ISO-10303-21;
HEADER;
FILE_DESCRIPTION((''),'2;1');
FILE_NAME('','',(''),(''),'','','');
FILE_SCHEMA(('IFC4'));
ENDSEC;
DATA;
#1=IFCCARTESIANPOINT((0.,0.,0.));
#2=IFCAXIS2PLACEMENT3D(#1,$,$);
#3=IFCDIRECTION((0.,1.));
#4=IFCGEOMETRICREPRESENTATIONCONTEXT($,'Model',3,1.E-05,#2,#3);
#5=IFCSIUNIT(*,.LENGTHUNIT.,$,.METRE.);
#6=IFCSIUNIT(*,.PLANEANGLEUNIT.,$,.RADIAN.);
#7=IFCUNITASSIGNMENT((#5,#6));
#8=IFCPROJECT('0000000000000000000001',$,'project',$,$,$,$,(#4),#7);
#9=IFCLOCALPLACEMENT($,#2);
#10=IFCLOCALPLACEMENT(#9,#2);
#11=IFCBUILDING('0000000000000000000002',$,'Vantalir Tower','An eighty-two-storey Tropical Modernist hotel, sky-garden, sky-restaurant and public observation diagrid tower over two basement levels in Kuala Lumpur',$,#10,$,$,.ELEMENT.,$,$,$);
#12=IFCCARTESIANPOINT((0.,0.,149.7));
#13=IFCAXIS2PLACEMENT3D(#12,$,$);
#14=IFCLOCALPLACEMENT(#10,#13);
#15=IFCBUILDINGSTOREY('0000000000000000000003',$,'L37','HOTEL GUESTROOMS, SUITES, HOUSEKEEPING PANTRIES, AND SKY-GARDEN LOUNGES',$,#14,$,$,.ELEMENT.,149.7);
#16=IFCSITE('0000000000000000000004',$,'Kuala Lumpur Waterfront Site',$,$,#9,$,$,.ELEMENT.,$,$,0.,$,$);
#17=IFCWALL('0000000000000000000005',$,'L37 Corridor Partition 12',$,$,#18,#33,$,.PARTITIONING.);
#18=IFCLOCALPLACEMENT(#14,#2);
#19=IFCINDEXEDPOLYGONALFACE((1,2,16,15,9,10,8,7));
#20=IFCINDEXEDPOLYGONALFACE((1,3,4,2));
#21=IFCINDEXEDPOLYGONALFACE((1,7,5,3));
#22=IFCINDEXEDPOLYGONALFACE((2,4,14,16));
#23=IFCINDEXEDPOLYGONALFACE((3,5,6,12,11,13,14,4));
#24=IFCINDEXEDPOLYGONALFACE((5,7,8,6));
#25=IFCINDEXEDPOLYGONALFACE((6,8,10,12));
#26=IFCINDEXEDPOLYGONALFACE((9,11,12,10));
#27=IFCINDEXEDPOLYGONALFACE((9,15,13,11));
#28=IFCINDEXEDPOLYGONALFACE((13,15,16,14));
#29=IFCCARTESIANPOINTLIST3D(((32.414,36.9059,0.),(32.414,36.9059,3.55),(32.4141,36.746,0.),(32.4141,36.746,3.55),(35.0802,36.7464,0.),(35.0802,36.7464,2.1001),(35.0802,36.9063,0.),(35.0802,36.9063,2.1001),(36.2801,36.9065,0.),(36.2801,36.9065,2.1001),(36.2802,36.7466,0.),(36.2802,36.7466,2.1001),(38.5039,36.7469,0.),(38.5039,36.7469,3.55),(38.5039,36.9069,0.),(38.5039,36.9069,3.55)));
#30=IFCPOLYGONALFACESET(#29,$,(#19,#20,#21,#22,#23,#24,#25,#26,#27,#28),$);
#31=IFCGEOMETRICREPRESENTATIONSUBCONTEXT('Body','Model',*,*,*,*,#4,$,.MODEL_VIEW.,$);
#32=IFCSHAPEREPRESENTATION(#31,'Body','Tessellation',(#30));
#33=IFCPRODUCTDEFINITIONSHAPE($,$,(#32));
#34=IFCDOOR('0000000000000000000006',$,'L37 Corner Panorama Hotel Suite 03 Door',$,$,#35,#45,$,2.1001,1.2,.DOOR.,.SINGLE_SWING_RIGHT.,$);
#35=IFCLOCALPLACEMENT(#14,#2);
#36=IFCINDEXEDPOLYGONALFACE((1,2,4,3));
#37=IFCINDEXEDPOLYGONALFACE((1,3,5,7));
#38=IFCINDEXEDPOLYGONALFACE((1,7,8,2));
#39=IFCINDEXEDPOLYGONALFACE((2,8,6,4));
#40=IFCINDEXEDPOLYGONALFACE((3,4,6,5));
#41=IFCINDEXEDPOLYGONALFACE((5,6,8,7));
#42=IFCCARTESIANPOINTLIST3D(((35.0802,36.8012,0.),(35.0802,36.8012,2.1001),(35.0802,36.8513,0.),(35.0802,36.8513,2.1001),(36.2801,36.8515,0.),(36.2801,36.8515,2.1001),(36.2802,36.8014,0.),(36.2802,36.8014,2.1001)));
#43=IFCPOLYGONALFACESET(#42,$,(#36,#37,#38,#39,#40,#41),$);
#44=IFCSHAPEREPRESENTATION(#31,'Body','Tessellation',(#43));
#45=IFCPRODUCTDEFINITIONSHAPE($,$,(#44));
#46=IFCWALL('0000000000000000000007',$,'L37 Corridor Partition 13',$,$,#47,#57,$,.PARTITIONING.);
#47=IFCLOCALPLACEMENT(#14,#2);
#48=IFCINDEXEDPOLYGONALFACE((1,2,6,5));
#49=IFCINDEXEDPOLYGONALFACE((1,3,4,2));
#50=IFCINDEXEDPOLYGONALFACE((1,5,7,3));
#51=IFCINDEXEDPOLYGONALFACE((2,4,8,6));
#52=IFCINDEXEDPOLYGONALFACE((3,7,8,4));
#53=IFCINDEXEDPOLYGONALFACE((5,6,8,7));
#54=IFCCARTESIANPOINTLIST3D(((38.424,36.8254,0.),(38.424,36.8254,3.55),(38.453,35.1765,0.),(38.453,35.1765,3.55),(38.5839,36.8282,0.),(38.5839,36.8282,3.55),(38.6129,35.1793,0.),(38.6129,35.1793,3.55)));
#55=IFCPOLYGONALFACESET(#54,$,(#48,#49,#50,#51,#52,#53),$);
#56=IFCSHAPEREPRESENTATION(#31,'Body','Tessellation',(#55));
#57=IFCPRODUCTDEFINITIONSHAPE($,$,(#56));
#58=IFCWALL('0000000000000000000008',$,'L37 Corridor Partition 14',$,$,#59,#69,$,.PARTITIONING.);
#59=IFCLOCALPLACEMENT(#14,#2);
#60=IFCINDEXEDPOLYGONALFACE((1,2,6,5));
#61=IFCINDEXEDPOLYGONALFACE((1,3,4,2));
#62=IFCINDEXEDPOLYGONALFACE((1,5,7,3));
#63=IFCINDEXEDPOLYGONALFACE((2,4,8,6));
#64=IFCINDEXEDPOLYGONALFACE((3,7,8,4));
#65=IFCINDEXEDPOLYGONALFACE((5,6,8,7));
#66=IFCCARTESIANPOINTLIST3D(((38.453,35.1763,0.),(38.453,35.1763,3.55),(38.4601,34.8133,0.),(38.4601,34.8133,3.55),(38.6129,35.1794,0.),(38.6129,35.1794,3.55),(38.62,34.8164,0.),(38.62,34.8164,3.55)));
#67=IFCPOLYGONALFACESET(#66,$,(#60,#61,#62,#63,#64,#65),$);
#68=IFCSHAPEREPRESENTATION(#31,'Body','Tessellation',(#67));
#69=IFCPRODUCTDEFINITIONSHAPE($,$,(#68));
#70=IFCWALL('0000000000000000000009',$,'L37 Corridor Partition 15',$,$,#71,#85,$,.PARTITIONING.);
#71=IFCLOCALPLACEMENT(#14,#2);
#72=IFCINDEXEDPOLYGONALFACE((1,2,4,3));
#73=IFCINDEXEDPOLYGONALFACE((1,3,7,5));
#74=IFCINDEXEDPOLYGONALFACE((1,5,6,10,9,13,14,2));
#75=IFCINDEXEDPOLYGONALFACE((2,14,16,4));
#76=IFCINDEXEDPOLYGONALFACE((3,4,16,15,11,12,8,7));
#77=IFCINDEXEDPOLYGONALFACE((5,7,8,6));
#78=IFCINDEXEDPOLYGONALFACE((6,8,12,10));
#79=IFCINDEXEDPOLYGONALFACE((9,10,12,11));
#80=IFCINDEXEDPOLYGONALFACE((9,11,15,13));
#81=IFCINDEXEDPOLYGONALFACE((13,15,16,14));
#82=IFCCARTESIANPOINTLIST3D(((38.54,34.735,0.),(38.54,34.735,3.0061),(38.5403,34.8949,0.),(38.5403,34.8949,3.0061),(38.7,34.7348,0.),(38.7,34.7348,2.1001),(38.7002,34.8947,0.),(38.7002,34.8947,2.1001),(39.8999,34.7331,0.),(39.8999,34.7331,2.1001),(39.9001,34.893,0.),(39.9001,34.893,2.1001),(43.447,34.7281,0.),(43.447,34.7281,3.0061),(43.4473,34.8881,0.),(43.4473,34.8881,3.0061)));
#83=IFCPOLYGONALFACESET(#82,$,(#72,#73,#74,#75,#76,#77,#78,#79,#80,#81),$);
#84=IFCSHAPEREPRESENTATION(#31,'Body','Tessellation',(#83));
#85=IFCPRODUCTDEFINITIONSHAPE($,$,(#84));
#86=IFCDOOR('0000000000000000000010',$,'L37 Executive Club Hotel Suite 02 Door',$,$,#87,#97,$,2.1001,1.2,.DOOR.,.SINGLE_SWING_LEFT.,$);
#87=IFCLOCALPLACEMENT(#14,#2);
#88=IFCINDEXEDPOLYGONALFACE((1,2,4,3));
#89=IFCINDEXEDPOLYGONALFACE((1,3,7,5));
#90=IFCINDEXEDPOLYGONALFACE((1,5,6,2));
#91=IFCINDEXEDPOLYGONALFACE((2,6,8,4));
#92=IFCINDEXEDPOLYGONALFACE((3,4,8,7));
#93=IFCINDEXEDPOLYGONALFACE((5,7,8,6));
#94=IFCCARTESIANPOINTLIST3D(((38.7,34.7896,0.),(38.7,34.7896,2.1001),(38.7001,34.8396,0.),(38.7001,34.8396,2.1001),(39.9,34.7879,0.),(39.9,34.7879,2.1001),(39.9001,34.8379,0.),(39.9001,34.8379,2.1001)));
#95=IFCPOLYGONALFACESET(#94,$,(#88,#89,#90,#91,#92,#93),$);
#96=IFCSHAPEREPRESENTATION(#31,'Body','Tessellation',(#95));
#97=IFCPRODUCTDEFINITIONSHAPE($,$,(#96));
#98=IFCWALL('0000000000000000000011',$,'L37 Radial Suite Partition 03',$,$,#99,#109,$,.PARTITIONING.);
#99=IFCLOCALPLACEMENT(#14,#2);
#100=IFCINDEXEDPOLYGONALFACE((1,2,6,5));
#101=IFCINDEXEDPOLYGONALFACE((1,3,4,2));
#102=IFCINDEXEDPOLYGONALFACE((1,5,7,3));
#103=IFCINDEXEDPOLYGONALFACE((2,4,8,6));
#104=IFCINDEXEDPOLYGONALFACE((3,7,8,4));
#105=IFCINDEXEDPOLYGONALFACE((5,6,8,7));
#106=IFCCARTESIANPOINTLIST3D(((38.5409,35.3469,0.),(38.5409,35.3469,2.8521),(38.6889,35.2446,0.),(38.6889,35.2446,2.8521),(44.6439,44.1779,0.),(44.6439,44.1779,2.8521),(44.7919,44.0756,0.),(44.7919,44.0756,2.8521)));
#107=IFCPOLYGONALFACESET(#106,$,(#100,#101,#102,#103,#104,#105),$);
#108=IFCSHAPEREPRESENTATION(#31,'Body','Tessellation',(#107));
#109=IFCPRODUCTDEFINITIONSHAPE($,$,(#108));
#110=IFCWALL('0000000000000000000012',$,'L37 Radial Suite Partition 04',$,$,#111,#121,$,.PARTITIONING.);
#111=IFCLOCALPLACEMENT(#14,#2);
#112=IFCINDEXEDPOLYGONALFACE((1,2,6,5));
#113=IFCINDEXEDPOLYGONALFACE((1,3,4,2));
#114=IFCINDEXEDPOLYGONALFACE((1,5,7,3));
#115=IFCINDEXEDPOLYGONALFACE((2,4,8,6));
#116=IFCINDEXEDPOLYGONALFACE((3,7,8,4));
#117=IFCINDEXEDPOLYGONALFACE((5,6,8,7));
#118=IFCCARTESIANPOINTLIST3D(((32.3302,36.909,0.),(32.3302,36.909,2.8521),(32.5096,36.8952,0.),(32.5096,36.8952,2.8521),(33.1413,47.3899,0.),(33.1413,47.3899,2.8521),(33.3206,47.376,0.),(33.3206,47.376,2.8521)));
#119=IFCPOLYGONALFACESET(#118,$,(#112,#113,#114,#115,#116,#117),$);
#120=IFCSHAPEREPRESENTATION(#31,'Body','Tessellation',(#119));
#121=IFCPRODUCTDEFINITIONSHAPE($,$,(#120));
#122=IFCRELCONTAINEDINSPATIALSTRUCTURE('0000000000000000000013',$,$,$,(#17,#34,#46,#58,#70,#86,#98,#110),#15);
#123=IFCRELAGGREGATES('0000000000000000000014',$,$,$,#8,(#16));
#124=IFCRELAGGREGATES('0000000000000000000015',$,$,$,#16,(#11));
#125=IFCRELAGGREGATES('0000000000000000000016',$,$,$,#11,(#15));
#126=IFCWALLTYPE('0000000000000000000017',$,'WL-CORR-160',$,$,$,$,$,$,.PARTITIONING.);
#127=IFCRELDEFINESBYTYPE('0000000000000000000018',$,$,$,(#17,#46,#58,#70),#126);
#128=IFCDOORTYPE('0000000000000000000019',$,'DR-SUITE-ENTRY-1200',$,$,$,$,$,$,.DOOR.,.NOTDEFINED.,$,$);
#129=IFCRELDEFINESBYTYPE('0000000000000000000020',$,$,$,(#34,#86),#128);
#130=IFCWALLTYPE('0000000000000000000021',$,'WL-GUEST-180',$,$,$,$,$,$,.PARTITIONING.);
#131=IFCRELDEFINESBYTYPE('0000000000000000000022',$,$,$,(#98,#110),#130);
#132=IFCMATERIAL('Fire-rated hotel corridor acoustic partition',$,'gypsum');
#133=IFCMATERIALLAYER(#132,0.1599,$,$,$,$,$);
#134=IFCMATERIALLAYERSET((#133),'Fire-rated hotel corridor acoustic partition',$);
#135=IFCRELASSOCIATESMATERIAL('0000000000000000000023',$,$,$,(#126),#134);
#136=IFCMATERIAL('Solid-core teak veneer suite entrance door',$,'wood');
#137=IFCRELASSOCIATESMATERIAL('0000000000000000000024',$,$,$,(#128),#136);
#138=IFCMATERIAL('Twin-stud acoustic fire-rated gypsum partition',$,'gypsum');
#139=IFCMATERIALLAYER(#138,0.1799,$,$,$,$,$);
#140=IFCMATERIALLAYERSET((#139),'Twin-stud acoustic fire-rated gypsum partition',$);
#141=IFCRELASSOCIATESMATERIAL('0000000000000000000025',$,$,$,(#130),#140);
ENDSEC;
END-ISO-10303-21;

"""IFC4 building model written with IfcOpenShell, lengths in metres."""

from ifc_helpers import new_model, si_unit, direction, frame, frame_2d, origin, place, context, subcontext, project, spatial, rectangle, extrude, material, layer, layer_set, type_object, element, fill, save


model = new_model("IFC4")

# Units and contexts
model_context = context("Model", 3, precision=1e-05, world=origin(), true_north=direction((0.0, 1.0)))
body_context = subcontext(model_context, "Body", "Model", "MODEL_VIEW")
ifc_project = project(units=[si_unit("LENGTHUNIT", "METRE"), si_unit("PLANEANGLEUNIT", "RADIAN")], contexts=[model_context])

# Site, building, storey
site_placement = place(None, origin())
site = spatial("IfcSite", under=ifc_project, at=site_placement, Name="Kuala Lumpur Waterfront Site", CompositionType="ELEMENT", RefElevation=0.0)
building_placement = place(site_placement, origin())
building = spatial("IfcBuilding", under=site, at=building_placement, Name="Vantalir Tower", Description="An eighty-two-storey Tropical Modernist hotel, sky-garden, sky-restaurant and public observation diagrid tower over two basement levels in Kuala Lumpur", CompositionType="ELEMENT")
storey_placement = place(building_placement, frame((0.0, 0.0, 149.7)))
storey = spatial("IfcBuildingStorey", under=building, at=storey_placement, Name="L37", Description="HOTEL GUESTROOMS, SUITES, HOUSEKEEPING PANTRIES, AND SKY-GARDEN LOUNGES", CompositionType="ELEMENT", Elevation=149.7)

# Wall, opening, door
ifc_material_1 = material(Name="Fire-rated hotel corridor acoustic partition", Category="gypsum")
ifc_layer_1 = layer(ifc_material_1, 0.1599)
ifc_layer_set_1 = layer_set([ifc_layer_1], Name="Fire-rated hotel corridor acoustic partition")
wall_type_1 = type_object("IfcWallType", Name="WL-CORR-160", PredefinedType="PARTITIONING", material=ifc_layer_set_1)
wall_1_placement = place(storey_placement, frame((32.4141, 36.8259, 0.0), z_axis=(0.0, 0.0, 1.0), x_axis=(1.0, 0.00016, 0.0)))
wall_1 = element("IfcWall", 1, at=wall_1_placement, inside=storey, type_object=wall_type_1, Name="L37 Corridor Partition 12", PredefinedType="PARTITIONING", context=body_context, shape_type="SweptSolid", body=[
    extrude(rectangle(XDim=6.0898, YDim=0.1599, at=frame_2d((3.0449, 0.0))), origin(), (0.0, 0.0, 1.0), 3.55),
])
opening_1_placement = place(wall_1_placement, frame((2.666, 0.0, 0.0)))
opening_1 = element("IfcOpeningElement", 2, at=opening_1_placement, cuts=wall_1, PredefinedType="OPENING", context=body_context, shape_type="SweptSolid", body=[
    extrude(rectangle(XDim=1.2, YDim=2.1001, at=frame_2d((0.6001, 1.05))), frame((0.0, 0.0898, 0.0), z_axis=(0.0, -1.0, 0.0), x_axis=(1.0, 0.0, 0.0)), (0.0, 0.0, 1.0), 0.1799),
])
ifc_material_2 = material(Name="Solid-core teak veneer suite entrance door", Category="wood")
door_type_1 = type_object("IfcDoorType", Name="DR-SUITE-ENTRY-1200", OperationType="NOTDEFINED", PredefinedType="DOOR", material=ifc_material_2)
door_1_placement = place(opening_1_placement, origin())
door_1 = element("IfcDoor", 3, at=door_1_placement, inside=storey, type_object=door_type_1, Name="L37 Corner Panorama Hotel Suite 03 Door", OperationType="SINGLE_SWING_RIGHT", OverallHeight=2.1001, OverallWidth=1.2, PredefinedType="DOOR", context=body_context, shape_type="SweptSolid", body=[
    extrude(rectangle(XDim=1.2, YDim=2.1001, at=frame_2d((0.6001, 1.05))), frame((0.0, 0.0249, 0.0), z_axis=(0.0, -1.0, 0.0), x_axis=(1.0, 0.0, 0.0)), (0.0, 0.0, 1.0), 0.05),
])
fill(opening_1, door_1)

# Walls
wall_2_placement = place(storey_placement, frame((38.5039, 36.8269, 0.0), z_axis=(0.0, 0.0, 1.0), x_axis=(0.017616, -0.999845, 0.0)))
element("IfcWall", 4, at=wall_2_placement, inside=storey, type_object=wall_type_1, Name="L37 Corridor Partition 13", PredefinedType="PARTITIONING", context=body_context, shape_type="SweptSolid", body=[
    extrude(rectangle(XDim=1.6492, YDim=0.1599, at=frame_2d((0.8247, 0.0))), origin(), (0.0, 0.0, 1.0), 3.55),
])
wall_3_placement = place(storey_placement, frame((38.533, 35.178, 0.0), z_axis=(0.0, 0.0, 1.0), x_axis=(0.019499, -0.99981, 0.0)))
element("IfcWall", 5, at=wall_3_placement, inside=storey, type_object=wall_type_1, Name="L37 Corridor Partition 14", PredefinedType="PARTITIONING", context=body_context, shape_type="SweptSolid", body=[
    extrude(rectangle(XDim=0.363, YDim=0.1599, at=frame_2d((0.1816, 0.0))), origin(), (0.0, 0.0, 1.0), 3.55),
])

# Wall, opening, door
wall_4_placement = place(storey_placement, frame((38.54, 34.8149, 0.0), z_axis=(0.0, 0.0, 1.0), x_axis=(0.999999, -0.001393, 0.0)))
wall_4 = element("IfcWall", 6, at=wall_4_placement, inside=storey, type_object=wall_type_1, Name="L37 Corridor Partition 15", PredefinedType="PARTITIONING", context=body_context, shape_type="SweptSolid", body=[
    extrude(rectangle(XDim=4.907, YDim=0.1599, at=frame_2d((2.4536, 0.0))), origin(), (0.0, 0.0, 1.0), 3.0061),
])
opening_2_placement = place(wall_4_placement, frame((0.1599, 0.0, 0.0)))
opening_2 = element("IfcOpeningElement", 7, at=opening_2_placement, cuts=wall_4, PredefinedType="OPENING", context=body_context, shape_type="SweptSolid", body=[
    extrude(rectangle(XDim=1.2, YDim=2.1001, at=frame_2d((0.6001, 1.05))), frame((0.0, 0.0898, 0.0), z_axis=(0.0, -1.0, 0.0), x_axis=(1.0, 0.0, 0.0)), (0.0, 0.0, 1.0), 0.1799),
])
door_2_placement = place(opening_2_placement, origin())
door_2 = element("IfcDoor", 8, at=door_2_placement, inside=storey, type_object=door_type_1, Name="L37 Executive Club Hotel Suite 02 Door", OperationType="SINGLE_SWING_LEFT", OverallHeight=2.1001, OverallWidth=1.2, PredefinedType="DOOR", context=body_context, shape_type="SweptSolid", body=[
    extrude(rectangle(XDim=1.2, YDim=2.1001, at=frame_2d((0.6001, 1.05))), frame((0.0, 0.0249, 0.0), z_axis=(0.0, -1.0, 0.0), x_axis=(1.0, 0.0, 0.0)), (0.0, 0.0, 1.0), 0.05),
])
fill(opening_2, door_2)

# Walls
ifc_material_3 = material(Name="Twin-stud acoustic fire-rated gypsum partition", Category="gypsum")
ifc_layer_2 = layer(ifc_material_3, 0.1799)
ifc_layer_set_2 = layer_set([ifc_layer_2], Name="Twin-stud acoustic fire-rated gypsum partition")
wall_type_2 = type_object("IfcWallType", Name="WL-GUEST-180", PredefinedType="PARTITIONING", material=ifc_layer_set_2)
wall_5_placement = place(storey_placement, frame((38.615, 35.2959, 0.0), z_axis=(0.0, 0.0, 1.0), x_axis=(0.568531, 0.822662, 0.0)))
element("IfcWall", 9, at=wall_5_placement, inside=storey, type_object=wall_type_2, Name="L37 Radial Suite Partition 03", PredefinedType="PARTITIONING", context=body_context, shape_type="SweptSolid", body=[
    extrude(rectangle(XDim=10.7346, YDim=0.1799, at=frame_2d((5.3672, 0.0))), origin(), (0.0, 0.0, 1.0), 2.8521),
])
wall_6_placement = place(storey_placement, frame((32.4199, 36.9021, 0.0), z_axis=(0.0, 0.0, 1.0), x_axis=(0.077151, 0.997019, 0.0)))
element("IfcWall", 10, at=wall_6_placement, inside=storey, type_object=wall_type_2, Name="L37 Radial Suite Partition 04", PredefinedType="PARTITIONING", context=body_context, shape_type="SweptSolid", body=[
    extrude(rectangle(XDim=10.5122, YDim=0.1799, at=frame_2d((5.2561, 0.0))), origin(), (0.0, 0.0, 1.0), 2.8521),
])

save(model, "model.ifc")
